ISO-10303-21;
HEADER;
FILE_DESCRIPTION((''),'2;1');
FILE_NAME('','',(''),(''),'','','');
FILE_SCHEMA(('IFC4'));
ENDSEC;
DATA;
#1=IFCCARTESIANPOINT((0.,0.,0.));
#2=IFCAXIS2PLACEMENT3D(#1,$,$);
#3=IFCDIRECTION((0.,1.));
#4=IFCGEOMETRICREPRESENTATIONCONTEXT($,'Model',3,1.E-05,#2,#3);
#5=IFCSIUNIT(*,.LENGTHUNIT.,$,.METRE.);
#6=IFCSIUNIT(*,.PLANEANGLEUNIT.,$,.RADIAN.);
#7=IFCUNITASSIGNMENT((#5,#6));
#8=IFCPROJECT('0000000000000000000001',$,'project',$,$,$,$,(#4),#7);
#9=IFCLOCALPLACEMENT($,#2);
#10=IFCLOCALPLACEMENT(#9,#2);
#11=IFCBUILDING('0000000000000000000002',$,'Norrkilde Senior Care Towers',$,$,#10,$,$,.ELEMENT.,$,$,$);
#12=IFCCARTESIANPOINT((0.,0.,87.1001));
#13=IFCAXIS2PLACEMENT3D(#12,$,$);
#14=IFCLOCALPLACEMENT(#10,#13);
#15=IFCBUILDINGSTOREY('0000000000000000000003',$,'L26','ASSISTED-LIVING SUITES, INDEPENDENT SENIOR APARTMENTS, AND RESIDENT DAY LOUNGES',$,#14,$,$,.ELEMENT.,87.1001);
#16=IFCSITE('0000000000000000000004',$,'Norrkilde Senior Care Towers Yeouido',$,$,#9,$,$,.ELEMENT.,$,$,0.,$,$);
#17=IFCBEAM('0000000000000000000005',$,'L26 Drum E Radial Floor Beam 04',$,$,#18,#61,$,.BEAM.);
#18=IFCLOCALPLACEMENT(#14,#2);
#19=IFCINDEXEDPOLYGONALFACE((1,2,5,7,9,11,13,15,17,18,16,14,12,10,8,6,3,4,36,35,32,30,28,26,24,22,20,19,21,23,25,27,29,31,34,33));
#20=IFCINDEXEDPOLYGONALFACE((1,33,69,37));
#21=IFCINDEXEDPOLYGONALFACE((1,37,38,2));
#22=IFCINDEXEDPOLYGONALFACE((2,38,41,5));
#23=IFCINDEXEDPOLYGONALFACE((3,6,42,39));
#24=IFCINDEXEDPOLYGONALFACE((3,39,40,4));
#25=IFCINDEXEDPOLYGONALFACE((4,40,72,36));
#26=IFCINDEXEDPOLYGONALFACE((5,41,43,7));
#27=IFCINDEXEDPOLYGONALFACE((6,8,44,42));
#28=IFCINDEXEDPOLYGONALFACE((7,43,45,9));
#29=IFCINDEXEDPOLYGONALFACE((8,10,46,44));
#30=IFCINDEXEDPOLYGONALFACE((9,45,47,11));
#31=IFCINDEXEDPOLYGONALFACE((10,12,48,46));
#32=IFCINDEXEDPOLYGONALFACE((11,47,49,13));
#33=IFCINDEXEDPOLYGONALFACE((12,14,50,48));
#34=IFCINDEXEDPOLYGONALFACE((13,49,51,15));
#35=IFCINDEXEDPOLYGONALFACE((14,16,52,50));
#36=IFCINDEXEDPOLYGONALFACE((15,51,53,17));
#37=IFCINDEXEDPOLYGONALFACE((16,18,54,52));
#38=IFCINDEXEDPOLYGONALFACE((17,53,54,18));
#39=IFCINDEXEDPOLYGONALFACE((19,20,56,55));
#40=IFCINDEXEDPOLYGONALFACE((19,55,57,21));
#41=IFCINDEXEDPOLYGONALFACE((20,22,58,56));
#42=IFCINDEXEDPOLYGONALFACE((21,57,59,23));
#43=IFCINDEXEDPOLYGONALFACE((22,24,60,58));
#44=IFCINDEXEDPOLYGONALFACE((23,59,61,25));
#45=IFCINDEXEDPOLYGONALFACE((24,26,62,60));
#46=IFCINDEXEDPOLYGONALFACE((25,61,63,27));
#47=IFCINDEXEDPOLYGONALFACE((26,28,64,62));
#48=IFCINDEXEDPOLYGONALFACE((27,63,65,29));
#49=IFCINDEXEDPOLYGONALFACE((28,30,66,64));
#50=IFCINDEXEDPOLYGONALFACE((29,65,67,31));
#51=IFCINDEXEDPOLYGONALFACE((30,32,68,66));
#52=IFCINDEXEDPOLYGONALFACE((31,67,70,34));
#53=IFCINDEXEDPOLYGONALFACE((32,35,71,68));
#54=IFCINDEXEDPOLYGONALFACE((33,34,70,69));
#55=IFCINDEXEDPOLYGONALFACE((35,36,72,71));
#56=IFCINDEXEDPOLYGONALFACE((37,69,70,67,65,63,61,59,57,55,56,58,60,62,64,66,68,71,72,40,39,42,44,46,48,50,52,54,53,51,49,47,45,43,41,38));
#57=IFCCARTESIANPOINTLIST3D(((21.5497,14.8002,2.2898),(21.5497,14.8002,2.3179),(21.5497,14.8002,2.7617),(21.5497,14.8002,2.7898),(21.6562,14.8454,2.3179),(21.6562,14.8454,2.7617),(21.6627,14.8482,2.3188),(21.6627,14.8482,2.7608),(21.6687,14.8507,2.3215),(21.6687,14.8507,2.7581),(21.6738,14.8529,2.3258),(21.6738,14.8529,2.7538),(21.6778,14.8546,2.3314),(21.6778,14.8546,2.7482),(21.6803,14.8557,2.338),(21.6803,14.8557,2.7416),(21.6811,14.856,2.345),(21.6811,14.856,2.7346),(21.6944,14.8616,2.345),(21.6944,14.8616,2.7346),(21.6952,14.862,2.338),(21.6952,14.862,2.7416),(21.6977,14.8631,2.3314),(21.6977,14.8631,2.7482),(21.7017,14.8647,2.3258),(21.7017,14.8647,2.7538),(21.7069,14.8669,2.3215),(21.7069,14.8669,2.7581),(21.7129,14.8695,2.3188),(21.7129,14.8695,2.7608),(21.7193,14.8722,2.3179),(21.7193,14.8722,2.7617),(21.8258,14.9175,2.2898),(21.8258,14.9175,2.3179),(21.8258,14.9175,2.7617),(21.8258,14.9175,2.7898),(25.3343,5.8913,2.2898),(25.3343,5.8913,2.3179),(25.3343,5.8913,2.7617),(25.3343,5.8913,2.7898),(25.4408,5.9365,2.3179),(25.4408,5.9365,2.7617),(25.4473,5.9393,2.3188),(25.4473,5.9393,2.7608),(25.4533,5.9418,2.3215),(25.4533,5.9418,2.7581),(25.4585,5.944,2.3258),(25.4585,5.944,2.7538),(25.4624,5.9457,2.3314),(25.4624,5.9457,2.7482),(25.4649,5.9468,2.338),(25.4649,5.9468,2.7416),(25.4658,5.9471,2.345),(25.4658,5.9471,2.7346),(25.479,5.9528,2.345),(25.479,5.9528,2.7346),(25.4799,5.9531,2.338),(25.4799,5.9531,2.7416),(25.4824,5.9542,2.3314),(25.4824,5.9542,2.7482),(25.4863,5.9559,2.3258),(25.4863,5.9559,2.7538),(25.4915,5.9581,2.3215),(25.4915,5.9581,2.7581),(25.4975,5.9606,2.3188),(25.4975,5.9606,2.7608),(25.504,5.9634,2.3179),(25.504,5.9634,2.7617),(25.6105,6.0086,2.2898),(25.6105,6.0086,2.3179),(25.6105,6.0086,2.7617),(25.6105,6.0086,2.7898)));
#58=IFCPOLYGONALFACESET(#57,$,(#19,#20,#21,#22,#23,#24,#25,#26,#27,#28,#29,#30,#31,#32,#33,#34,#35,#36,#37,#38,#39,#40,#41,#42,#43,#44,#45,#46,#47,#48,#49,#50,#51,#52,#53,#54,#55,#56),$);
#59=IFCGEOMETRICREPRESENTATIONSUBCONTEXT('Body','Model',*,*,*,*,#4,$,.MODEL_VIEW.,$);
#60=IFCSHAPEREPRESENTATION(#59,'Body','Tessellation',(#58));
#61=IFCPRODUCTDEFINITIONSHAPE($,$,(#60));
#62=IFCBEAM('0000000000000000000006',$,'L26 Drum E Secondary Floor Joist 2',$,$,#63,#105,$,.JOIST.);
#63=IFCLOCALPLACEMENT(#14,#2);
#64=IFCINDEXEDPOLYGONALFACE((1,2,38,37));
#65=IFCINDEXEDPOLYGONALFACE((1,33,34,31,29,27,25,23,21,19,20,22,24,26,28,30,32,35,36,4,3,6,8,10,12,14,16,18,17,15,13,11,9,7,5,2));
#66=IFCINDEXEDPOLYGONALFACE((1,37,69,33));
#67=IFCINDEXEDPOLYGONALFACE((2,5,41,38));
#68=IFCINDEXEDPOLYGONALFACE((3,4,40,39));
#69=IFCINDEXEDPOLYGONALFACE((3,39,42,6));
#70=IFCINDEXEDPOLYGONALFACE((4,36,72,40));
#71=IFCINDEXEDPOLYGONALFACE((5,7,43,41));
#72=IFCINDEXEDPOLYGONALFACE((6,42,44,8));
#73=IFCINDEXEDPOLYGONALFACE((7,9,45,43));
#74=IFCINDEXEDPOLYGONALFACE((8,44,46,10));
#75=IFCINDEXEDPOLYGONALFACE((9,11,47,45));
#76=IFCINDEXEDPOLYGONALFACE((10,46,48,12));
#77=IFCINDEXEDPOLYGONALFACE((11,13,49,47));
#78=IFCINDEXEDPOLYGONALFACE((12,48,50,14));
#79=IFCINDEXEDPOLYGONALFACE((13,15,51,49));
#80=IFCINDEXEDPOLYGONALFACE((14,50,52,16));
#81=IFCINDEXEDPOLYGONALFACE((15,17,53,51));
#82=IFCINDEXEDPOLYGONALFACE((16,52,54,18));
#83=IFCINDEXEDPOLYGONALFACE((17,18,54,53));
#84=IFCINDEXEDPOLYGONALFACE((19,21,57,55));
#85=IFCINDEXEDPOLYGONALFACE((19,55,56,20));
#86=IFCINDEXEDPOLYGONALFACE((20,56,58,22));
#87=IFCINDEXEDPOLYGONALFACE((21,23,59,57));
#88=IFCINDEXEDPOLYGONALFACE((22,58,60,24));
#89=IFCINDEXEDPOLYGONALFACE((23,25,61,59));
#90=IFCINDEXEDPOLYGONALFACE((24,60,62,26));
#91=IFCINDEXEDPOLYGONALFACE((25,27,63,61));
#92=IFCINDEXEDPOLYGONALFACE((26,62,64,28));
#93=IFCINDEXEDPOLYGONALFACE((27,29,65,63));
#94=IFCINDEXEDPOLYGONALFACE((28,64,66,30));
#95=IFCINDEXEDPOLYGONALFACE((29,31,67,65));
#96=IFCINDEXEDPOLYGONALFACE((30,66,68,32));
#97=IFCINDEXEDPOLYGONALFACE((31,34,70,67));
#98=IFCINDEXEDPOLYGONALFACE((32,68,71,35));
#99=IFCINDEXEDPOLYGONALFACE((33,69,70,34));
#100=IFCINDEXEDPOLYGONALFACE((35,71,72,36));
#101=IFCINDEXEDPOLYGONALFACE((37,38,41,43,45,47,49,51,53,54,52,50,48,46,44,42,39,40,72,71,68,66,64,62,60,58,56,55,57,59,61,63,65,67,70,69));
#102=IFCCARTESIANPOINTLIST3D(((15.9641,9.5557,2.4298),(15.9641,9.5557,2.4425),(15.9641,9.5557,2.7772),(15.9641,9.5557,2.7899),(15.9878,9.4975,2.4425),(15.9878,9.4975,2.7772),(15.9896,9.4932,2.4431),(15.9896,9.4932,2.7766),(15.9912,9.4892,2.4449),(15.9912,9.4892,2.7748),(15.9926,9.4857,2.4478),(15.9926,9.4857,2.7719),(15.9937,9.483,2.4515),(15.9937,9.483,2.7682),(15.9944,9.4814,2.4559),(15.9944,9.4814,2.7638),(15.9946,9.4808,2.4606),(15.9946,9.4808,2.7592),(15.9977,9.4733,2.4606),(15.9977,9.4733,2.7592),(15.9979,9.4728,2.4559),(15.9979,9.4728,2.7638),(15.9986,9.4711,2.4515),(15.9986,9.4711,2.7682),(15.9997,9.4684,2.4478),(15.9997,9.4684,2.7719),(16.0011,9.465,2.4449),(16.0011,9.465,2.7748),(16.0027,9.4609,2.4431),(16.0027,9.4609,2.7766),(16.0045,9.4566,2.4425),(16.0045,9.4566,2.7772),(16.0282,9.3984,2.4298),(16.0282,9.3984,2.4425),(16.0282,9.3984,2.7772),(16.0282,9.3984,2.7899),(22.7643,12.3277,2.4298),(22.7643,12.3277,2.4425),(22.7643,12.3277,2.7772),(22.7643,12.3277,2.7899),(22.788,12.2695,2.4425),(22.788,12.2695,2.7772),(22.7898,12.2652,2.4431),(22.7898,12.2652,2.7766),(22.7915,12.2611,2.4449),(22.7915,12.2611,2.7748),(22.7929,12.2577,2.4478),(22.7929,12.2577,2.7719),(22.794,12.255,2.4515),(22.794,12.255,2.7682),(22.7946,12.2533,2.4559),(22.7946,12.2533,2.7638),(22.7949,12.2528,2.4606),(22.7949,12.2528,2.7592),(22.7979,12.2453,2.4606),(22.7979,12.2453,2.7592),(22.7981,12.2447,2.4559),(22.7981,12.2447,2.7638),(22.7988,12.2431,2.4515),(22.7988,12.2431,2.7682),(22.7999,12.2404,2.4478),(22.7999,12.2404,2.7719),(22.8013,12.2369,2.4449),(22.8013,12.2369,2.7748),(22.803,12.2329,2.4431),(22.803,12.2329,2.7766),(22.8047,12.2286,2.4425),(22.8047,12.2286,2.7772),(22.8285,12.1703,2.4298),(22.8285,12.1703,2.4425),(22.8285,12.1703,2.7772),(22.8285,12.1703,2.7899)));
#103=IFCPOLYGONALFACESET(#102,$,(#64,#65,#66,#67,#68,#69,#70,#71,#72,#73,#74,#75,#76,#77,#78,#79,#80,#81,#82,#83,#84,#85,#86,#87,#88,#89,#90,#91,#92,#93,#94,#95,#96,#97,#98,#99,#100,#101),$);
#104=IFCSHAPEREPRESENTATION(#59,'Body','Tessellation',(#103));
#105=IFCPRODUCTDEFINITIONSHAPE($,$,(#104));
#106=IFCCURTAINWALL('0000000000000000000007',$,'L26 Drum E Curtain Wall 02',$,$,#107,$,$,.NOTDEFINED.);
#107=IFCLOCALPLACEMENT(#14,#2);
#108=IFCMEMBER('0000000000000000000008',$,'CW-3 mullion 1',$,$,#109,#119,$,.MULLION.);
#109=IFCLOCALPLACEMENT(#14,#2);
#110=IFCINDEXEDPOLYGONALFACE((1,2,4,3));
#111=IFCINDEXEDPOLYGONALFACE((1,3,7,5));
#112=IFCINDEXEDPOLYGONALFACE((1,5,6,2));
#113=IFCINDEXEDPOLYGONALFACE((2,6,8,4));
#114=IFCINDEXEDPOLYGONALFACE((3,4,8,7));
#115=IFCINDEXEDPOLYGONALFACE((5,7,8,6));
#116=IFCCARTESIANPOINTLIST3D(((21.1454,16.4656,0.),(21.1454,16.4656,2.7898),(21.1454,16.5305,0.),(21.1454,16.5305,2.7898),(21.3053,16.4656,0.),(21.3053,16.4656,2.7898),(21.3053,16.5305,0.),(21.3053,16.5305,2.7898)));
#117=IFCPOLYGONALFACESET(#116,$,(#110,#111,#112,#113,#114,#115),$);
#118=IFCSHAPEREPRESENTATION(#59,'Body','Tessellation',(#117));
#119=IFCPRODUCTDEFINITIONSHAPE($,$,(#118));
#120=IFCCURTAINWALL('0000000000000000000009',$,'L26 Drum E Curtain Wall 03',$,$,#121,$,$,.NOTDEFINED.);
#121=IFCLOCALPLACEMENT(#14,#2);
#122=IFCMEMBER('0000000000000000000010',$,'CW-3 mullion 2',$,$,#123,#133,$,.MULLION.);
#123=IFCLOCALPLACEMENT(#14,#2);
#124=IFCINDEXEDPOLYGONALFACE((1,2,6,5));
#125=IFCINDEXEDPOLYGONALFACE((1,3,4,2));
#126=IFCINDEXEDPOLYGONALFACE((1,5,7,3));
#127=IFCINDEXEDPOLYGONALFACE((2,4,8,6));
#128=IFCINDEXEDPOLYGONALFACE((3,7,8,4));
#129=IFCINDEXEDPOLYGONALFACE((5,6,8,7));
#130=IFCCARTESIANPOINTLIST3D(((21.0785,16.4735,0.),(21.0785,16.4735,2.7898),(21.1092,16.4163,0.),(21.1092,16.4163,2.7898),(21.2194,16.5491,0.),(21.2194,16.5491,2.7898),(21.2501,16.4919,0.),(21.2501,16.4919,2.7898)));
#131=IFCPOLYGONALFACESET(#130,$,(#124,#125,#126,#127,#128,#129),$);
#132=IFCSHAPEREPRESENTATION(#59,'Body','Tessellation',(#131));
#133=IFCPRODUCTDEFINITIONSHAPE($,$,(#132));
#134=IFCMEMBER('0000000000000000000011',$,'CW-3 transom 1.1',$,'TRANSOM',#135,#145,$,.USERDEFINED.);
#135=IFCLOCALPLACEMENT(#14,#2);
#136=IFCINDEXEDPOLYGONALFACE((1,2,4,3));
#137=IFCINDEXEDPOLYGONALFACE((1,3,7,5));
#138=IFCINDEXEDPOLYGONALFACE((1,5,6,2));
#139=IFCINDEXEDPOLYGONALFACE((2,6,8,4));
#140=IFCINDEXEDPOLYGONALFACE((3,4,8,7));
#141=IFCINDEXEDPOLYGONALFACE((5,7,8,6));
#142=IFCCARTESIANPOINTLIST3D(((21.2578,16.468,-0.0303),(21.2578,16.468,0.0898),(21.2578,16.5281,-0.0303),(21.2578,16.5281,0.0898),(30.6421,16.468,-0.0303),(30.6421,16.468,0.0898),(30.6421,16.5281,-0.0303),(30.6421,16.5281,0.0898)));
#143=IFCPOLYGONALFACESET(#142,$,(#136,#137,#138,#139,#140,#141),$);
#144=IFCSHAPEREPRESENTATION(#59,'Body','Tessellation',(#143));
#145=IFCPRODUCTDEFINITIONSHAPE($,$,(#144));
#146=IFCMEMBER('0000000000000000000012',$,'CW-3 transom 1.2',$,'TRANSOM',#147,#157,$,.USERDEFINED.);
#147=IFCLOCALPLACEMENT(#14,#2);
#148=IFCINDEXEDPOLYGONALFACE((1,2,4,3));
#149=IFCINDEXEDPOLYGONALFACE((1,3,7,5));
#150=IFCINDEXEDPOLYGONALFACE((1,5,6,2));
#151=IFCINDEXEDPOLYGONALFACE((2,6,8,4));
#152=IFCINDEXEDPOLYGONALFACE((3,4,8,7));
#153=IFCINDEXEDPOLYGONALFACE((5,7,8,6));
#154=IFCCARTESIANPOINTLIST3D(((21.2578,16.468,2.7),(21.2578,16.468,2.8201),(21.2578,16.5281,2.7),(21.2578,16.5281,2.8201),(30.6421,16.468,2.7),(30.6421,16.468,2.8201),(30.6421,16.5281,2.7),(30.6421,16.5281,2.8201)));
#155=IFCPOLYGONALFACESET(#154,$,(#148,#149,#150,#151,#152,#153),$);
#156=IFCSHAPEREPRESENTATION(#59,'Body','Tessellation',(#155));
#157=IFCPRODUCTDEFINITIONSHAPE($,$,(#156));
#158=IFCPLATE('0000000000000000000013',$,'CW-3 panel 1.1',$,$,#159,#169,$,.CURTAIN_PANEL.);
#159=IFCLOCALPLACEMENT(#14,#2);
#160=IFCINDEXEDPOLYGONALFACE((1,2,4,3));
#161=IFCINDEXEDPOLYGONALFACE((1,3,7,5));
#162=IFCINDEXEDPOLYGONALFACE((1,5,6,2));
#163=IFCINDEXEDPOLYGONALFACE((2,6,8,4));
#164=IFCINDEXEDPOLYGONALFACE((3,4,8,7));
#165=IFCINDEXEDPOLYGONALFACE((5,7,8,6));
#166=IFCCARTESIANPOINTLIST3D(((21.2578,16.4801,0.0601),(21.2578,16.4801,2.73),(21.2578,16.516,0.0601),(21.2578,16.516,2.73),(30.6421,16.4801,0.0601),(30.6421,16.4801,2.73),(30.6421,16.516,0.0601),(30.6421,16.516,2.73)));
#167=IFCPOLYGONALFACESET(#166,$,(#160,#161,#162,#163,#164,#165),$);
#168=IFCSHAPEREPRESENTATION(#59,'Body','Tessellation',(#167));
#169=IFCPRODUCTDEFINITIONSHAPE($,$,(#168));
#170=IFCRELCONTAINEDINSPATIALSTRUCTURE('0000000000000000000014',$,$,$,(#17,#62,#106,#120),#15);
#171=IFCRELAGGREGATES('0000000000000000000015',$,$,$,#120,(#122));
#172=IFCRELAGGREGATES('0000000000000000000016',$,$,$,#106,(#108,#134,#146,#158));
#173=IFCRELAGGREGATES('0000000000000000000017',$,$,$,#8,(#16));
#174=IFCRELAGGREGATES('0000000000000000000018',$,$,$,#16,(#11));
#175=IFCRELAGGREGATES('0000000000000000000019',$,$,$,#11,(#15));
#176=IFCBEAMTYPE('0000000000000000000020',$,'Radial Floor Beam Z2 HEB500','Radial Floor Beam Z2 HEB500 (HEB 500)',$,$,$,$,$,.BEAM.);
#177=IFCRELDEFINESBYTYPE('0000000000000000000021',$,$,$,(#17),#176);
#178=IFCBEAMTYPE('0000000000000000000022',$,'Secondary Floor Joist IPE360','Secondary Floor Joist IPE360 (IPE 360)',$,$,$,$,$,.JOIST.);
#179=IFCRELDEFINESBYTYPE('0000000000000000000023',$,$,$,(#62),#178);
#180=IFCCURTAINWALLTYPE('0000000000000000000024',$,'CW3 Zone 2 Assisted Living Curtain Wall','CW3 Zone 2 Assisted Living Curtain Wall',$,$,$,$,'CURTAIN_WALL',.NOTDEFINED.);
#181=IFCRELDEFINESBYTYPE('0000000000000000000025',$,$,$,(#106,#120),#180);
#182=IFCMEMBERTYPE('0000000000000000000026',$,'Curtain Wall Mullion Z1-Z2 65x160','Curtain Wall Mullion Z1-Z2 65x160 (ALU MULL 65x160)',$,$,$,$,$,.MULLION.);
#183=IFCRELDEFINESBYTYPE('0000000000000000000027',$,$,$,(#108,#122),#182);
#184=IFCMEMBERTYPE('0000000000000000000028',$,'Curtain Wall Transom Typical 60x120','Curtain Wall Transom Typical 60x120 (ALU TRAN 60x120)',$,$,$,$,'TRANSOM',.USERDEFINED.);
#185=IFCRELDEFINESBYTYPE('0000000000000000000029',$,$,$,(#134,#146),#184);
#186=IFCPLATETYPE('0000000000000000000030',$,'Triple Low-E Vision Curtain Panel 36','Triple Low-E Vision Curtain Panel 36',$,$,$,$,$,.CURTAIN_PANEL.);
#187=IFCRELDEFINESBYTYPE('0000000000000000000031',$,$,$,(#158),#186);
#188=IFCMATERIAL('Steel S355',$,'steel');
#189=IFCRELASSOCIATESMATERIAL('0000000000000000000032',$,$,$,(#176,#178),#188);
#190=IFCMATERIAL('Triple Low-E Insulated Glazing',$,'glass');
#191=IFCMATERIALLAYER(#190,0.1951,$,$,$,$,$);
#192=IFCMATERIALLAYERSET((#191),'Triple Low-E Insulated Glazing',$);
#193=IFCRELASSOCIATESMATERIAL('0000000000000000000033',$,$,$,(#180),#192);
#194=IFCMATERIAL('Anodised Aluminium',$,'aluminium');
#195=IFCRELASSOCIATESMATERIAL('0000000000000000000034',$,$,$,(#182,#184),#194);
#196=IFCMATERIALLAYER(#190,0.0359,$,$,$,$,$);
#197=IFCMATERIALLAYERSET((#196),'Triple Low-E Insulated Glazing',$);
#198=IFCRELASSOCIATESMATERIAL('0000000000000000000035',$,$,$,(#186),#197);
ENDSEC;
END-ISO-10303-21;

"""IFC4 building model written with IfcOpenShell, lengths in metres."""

from ifc_helpers import new_model, si_unit, direction, frame, origin, origin_2d, place, context, subcontext, project, spatial, rectangle, i_section, extrude, source, transform, mapped, material, layer, layer_set, material_profile, profile_set, type_object, type_shapes, element, aggregate, save


model = new_model("IFC4")

# Units and contexts
model_context = context("Model", 3, precision=1e-05, world=origin(), true_north=direction((0.0, 1.0)))
body_context = subcontext(model_context, "Body", "Model", "MODEL_VIEW")
ifc_project = project(units=[si_unit("LENGTHUNIT", "METRE"), si_unit("PLANEANGLEUNIT", "RADIAN")], contexts=[model_context])

# Site, building, storey
site_placement = place(None, origin())
site = spatial("IfcSite", under=ifc_project, at=site_placement, Name="Norrkilde Senior Care Towers Yeouido", CompositionType="ELEMENT", RefElevation=0.0)
building_placement = place(site_placement, origin())
building = spatial("IfcBuilding", under=site, at=building_placement, Name="Norrkilde Senior Care Towers", CompositionType="ELEMENT")
storey_placement = place(building_placement, frame((0.0, 0.0, 87.1001)))
storey = spatial("IfcBuildingStorey", under=building, at=storey_placement, Name="L26", Description="ASSISTED-LIVING SUITES, INDEPENDENT SENIOR APARTMENTS, AND RESIDENT DAY LOUNGES", CompositionType="ELEMENT", Elevation=87.1001)

# Beams
ifc_material_1 = material(Name="Steel S355", Category="steel")
ifc_material_profile_1 = material_profile(ifc_material_1, i_section(OverallWidth=0.3, OverallDepth=0.5, WebThickness=0.0144, FlangeThickness=0.0281, FilletRadius=0.0271, at=origin_2d()), Name="HEB 500")
ifc_profile_set_1 = profile_set([ifc_material_profile_1], Name="Steel S355")
beam_type_1 = type_object("IfcBeamType", Name="Radial Floor Beam Z2 HEB500", Description="Radial Floor Beam Z2 HEB500 (HEB 500)", PredefinedType="BEAM", material=ifc_profile_set_1)
shared_shape_1 = source(origin(), body_context, "Body", "SweptSolid", [
    extrude(i_section(OverallWidth=0.3, OverallDepth=0.5, WebThickness=0.0144, FlangeThickness=0.0281, FilletRadius=0.0271, at=origin_2d()), origin(), (0.0, 0.0, 1.0), 9.6794),
])
beam_1_placement = place(storey_placement, frame((25.4724, 5.95, 2.5398), z_axis=(-0.390998, 0.920392, 0.0), x_axis=(-0.920392, -0.390998, 0.0)))
element("IfcBeam", 1, at=beam_1_placement, inside=storey, type_object=beam_type_1, Name="L26 Drum E Radial Floor Beam 04", PredefinedType="BEAM", context=body_context, shape_type="MappedRepresentation", body=[
    mapped(shared_shape_1, transform((0.0, 0.0, 0.0), x_axis=(1.0, 0.0, 0.0), y_axis=(0.0, 1.0, 0.0), z_axis=(0.0, 0.0, 1.0), scale=1.0)),
])
ifc_material_profile_2 = material_profile(ifc_material_1, i_section(OverallWidth=0.1699, OverallDepth=0.3601, WebThickness=0.0081, FlangeThickness=0.0127, FilletRadius=0.0181, at=origin_2d()), Name="IPE 360")
ifc_profile_set_2 = profile_set([ifc_material_profile_2], Name="Steel S355")
beam_type_2 = type_object("IfcBeamType", Name="Secondary Floor Joist IPE360", Description="Secondary Floor Joist IPE360 (IPE 360)", PredefinedType="JOIST", material=ifc_profile_set_2)
shared_shape_2 = source(origin(), body_context, "Body", "SweptSolid", [
    extrude(i_section(OverallWidth=0.1699, OverallDepth=0.3601, WebThickness=0.0081, FlangeThickness=0.0127, FilletRadius=0.0181, at=origin_2d()), origin(), (0.0, 0.0, 1.0), 7.3435),
])
type_shapes(beam_type_2, [shared_shape_2])
beam_2_placement = place(storey_placement, frame((22.7964, 12.249, 2.6099), z_axis=(-0.926022, -0.37747, 0.0), x_axis=(0.37747, -0.926022, 0.0)))
element("IfcBeam", 2, at=beam_2_placement, inside=storey, type_object=beam_type_2, Name="L26 Drum E Secondary Floor Joist 2", PredefinedType="JOIST", context=body_context, shape_type="MappedRepresentation", body=[
    mapped(shared_shape_2, transform((0.0, 0.0, 0.0), x_axis=(1.0, 0.0, 0.0), y_axis=(0.0, 1.0, 0.0), z_axis=(0.0, 0.0, 1.0), scale=1.0)),
])

# Curtain walls, members
ifc_material_2 = material(Name="Triple Low-E Insulated Glazing", Category="glass")
ifc_layer_1 = layer(ifc_material_2, 0.1951)
ifc_layer_set_1 = layer_set([ifc_layer_1], Name="Triple Low-E Insulated Glazing")
curtain_wall_type = type_object("IfcCurtainWallType", Name="CW3 Zone 2 Assisted Living Curtain Wall", Description="CW3 Zone 2 Assisted Living Curtain Wall", ElementType="CURTAIN_WALL", PredefinedType="NOTDEFINED", material=ifc_layer_set_1)
curtain_wall_1_placement = place(storey_placement, origin())
curtain_wall_1 = element("IfcCurtainWall", 3, at=curtain_wall_1_placement, inside=storey, type_object=curtain_wall_type, Name="L26 Drum E Curtain Wall 02", PredefinedType="NOTDEFINED")
ifc_material_3 = material(Name="Anodised Aluminium", Category="aluminium")
ifc_material_profile_3 = material_profile(ifc_material_3, rectangle(XDim=0.0649, YDim=0.1599, at=origin_2d()), Name="ALU MULL 65x160")
ifc_profile_set_3 = profile_set([ifc_material_profile_3], Name="Anodised Aluminium")
member_type_1 = type_object("IfcMemberType", Name="Curtain Wall Mullion Z1-Z2 65x160", Description="Curtain Wall Mullion Z1-Z2 65x160 (ALU MULL 65x160)", PredefinedType="MULLION", material=ifc_profile_set_3)
shared_shape_3 = source(origin(), body_context, "Body", "SweptSolid", [
    extrude(rectangle(XDim=0.0649, YDim=0.1599, at=origin_2d()), origin(), (0.0, 0.0, 1.0), 2.7898),
])
type_shapes(member_type_1, [shared_shape_3])
member_1_placement = place(storey_placement, frame((21.2253, 16.498, 0.0), z_axis=(0.0, 0.0, 1.0), x_axis=(0.0, 1.0, 0.0)))
member_1 = element("IfcMember", 4, at=member_1_placement, type_object=member_type_1, Name="CW-3 mullion 1", PredefinedType="MULLION", context=body_context, shape_type="MappedRepresentation", body=[
    mapped(shared_shape_3, transform((0.0, 0.0, 0.0), x_axis=(1.0, 0.0, 0.0), y_axis=(0.0, 1.0, 0.0), z_axis=(0.0, 0.0, 1.0), scale=1.0)),
])
curtain_wall_2_placement = place(storey_placement, origin())
curtain_wall_2 = element("IfcCurtainWall", 5, at=curtain_wall_2_placement, inside=storey, type_object=curtain_wall_type, Name="L26 Drum E Curtain Wall 03", PredefinedType="NOTDEFINED")
member_2_placement = place(storey_placement, frame((21.1643, 16.4827, 0.0), z_axis=(0.0, 0.0, 1.0), x_axis=(-0.472769, 0.881186, 0.0)))
member_2 = element("IfcMember", 6, at=member_2_placement, type_object=member_type_1, Name="CW-3 mullion 2", PredefinedType="MULLION", context=body_context, shape_type="MappedRepresentation", body=[
    mapped(shared_shape_3, transform((0.0, 0.0, 0.0), x_axis=(1.0, 0.0, 0.0), y_axis=(0.0, 1.0, 0.0), z_axis=(0.0, 0.0, 1.0), scale=1.0)),
])
aggregate(curtain_wall_2, [member_2])

# Members
ifc_material_profile_4 = material_profile(ifc_material_3, rectangle(XDim=0.0601, YDim=0.1201, at=origin_2d()), Name="ALU TRAN 60x120")
ifc_profile_set_4 = profile_set([ifc_material_profile_4], Name="Anodised Aluminium")
member_type_2 = type_object("IfcMemberType", Name="Curtain Wall Transom Typical 60x120", Description="Curtain Wall Transom Typical 60x120 (ALU TRAN 60x120)", ElementType="TRANSOM", PredefinedType="USERDEFINED", material=ifc_profile_set_4)
shared_shape_4 = source(origin(), body_context, "Body", "SweptSolid", [
    extrude(rectangle(XDim=0.0601, YDim=0.1201, at=origin_2d()), origin(), (0.0, 0.0, 1.0), 9.3843),
])
type_shapes(member_type_2, [shared_shape_4])
member_3_placement = place(storey_placement, frame((21.2578, 16.498, 0.0298), z_axis=(1.0, 0.0, 0.0), x_axis=(0.0, 1.0, 0.0)))
member_3 = element("IfcMember", 7, at=member_3_placement, type_object=member_type_2, Name="CW-3 transom 1.1", ObjectType="TRANSOM", PredefinedType="USERDEFINED", context=body_context, shape_type="MappedRepresentation", body=[
    mapped(shared_shape_4, transform((0.0, 0.0, 0.0), x_axis=(1.0, 0.0, 0.0), y_axis=(0.0, 1.0, 0.0), z_axis=(0.0, 0.0, 1.0), scale=1.0)),
])
member_4_placement = place(storey_placement, frame((21.2578, 16.498, 2.76), z_axis=(1.0, 0.0, 0.0), x_axis=(0.0, 1.0, 0.0)))
member_4 = element("IfcMember", 8, at=member_4_placement, type_object=member_type_2, Name="CW-3 transom 1.2", ObjectType="TRANSOM", PredefinedType="USERDEFINED", context=body_context, shape_type="MappedRepresentation", body=[
    mapped(shared_shape_4, transform((0.0, 0.0, 0.0), x_axis=(1.0, 0.0, 0.0), y_axis=(0.0, 1.0, 0.0), z_axis=(0.0, 0.0, 1.0), scale=1.0)),
])

# Plate
ifc_layer_2 = layer(ifc_material_2, 0.0359)
ifc_layer_set_2 = layer_set([ifc_layer_2], Name="Triple Low-E Insulated Glazing")
plate_type = type_object("IfcPlateType", Name="Triple Low-E Vision Curtain Panel 36", Description="Triple Low-E Vision Curtain Panel 36", PredefinedType="CURTAIN_PANEL", material=ifc_layer_set_2)
shared_shape_5 = source(origin(), body_context, "Body", "SweptSolid", [
    extrude(rectangle(XDim=9.3843, YDim=0.0359, at=origin_2d()), origin(), (0.0, 0.0, 1.0), 2.6699),
])
type_shapes(plate_type, [shared_shape_5])
plate_placement = place(storey_placement, frame((25.95, 16.498, 0.0601), z_axis=(0.0, 0.0, 1.0), x_axis=(1.0, 0.0, 0.0)))
plate = element("IfcPlate", 9, at=plate_placement, type_object=plate_type, Name="CW-3 panel 1.1", PredefinedType="CURTAIN_PANEL", context=body_context, shape_type="MappedRepresentation", body=[
    mapped(shared_shape_5, transform((0.0, 0.0, 0.0), x_axis=(1.0, 0.0, 0.0), y_axis=(0.0, 1.0, 0.0), z_axis=(0.0, 0.0, 1.0), scale=1.0)),
])
aggregate(curtain_wall_1, [member_1, member_3, member_4, plate])

save(model, "model.ifc")
